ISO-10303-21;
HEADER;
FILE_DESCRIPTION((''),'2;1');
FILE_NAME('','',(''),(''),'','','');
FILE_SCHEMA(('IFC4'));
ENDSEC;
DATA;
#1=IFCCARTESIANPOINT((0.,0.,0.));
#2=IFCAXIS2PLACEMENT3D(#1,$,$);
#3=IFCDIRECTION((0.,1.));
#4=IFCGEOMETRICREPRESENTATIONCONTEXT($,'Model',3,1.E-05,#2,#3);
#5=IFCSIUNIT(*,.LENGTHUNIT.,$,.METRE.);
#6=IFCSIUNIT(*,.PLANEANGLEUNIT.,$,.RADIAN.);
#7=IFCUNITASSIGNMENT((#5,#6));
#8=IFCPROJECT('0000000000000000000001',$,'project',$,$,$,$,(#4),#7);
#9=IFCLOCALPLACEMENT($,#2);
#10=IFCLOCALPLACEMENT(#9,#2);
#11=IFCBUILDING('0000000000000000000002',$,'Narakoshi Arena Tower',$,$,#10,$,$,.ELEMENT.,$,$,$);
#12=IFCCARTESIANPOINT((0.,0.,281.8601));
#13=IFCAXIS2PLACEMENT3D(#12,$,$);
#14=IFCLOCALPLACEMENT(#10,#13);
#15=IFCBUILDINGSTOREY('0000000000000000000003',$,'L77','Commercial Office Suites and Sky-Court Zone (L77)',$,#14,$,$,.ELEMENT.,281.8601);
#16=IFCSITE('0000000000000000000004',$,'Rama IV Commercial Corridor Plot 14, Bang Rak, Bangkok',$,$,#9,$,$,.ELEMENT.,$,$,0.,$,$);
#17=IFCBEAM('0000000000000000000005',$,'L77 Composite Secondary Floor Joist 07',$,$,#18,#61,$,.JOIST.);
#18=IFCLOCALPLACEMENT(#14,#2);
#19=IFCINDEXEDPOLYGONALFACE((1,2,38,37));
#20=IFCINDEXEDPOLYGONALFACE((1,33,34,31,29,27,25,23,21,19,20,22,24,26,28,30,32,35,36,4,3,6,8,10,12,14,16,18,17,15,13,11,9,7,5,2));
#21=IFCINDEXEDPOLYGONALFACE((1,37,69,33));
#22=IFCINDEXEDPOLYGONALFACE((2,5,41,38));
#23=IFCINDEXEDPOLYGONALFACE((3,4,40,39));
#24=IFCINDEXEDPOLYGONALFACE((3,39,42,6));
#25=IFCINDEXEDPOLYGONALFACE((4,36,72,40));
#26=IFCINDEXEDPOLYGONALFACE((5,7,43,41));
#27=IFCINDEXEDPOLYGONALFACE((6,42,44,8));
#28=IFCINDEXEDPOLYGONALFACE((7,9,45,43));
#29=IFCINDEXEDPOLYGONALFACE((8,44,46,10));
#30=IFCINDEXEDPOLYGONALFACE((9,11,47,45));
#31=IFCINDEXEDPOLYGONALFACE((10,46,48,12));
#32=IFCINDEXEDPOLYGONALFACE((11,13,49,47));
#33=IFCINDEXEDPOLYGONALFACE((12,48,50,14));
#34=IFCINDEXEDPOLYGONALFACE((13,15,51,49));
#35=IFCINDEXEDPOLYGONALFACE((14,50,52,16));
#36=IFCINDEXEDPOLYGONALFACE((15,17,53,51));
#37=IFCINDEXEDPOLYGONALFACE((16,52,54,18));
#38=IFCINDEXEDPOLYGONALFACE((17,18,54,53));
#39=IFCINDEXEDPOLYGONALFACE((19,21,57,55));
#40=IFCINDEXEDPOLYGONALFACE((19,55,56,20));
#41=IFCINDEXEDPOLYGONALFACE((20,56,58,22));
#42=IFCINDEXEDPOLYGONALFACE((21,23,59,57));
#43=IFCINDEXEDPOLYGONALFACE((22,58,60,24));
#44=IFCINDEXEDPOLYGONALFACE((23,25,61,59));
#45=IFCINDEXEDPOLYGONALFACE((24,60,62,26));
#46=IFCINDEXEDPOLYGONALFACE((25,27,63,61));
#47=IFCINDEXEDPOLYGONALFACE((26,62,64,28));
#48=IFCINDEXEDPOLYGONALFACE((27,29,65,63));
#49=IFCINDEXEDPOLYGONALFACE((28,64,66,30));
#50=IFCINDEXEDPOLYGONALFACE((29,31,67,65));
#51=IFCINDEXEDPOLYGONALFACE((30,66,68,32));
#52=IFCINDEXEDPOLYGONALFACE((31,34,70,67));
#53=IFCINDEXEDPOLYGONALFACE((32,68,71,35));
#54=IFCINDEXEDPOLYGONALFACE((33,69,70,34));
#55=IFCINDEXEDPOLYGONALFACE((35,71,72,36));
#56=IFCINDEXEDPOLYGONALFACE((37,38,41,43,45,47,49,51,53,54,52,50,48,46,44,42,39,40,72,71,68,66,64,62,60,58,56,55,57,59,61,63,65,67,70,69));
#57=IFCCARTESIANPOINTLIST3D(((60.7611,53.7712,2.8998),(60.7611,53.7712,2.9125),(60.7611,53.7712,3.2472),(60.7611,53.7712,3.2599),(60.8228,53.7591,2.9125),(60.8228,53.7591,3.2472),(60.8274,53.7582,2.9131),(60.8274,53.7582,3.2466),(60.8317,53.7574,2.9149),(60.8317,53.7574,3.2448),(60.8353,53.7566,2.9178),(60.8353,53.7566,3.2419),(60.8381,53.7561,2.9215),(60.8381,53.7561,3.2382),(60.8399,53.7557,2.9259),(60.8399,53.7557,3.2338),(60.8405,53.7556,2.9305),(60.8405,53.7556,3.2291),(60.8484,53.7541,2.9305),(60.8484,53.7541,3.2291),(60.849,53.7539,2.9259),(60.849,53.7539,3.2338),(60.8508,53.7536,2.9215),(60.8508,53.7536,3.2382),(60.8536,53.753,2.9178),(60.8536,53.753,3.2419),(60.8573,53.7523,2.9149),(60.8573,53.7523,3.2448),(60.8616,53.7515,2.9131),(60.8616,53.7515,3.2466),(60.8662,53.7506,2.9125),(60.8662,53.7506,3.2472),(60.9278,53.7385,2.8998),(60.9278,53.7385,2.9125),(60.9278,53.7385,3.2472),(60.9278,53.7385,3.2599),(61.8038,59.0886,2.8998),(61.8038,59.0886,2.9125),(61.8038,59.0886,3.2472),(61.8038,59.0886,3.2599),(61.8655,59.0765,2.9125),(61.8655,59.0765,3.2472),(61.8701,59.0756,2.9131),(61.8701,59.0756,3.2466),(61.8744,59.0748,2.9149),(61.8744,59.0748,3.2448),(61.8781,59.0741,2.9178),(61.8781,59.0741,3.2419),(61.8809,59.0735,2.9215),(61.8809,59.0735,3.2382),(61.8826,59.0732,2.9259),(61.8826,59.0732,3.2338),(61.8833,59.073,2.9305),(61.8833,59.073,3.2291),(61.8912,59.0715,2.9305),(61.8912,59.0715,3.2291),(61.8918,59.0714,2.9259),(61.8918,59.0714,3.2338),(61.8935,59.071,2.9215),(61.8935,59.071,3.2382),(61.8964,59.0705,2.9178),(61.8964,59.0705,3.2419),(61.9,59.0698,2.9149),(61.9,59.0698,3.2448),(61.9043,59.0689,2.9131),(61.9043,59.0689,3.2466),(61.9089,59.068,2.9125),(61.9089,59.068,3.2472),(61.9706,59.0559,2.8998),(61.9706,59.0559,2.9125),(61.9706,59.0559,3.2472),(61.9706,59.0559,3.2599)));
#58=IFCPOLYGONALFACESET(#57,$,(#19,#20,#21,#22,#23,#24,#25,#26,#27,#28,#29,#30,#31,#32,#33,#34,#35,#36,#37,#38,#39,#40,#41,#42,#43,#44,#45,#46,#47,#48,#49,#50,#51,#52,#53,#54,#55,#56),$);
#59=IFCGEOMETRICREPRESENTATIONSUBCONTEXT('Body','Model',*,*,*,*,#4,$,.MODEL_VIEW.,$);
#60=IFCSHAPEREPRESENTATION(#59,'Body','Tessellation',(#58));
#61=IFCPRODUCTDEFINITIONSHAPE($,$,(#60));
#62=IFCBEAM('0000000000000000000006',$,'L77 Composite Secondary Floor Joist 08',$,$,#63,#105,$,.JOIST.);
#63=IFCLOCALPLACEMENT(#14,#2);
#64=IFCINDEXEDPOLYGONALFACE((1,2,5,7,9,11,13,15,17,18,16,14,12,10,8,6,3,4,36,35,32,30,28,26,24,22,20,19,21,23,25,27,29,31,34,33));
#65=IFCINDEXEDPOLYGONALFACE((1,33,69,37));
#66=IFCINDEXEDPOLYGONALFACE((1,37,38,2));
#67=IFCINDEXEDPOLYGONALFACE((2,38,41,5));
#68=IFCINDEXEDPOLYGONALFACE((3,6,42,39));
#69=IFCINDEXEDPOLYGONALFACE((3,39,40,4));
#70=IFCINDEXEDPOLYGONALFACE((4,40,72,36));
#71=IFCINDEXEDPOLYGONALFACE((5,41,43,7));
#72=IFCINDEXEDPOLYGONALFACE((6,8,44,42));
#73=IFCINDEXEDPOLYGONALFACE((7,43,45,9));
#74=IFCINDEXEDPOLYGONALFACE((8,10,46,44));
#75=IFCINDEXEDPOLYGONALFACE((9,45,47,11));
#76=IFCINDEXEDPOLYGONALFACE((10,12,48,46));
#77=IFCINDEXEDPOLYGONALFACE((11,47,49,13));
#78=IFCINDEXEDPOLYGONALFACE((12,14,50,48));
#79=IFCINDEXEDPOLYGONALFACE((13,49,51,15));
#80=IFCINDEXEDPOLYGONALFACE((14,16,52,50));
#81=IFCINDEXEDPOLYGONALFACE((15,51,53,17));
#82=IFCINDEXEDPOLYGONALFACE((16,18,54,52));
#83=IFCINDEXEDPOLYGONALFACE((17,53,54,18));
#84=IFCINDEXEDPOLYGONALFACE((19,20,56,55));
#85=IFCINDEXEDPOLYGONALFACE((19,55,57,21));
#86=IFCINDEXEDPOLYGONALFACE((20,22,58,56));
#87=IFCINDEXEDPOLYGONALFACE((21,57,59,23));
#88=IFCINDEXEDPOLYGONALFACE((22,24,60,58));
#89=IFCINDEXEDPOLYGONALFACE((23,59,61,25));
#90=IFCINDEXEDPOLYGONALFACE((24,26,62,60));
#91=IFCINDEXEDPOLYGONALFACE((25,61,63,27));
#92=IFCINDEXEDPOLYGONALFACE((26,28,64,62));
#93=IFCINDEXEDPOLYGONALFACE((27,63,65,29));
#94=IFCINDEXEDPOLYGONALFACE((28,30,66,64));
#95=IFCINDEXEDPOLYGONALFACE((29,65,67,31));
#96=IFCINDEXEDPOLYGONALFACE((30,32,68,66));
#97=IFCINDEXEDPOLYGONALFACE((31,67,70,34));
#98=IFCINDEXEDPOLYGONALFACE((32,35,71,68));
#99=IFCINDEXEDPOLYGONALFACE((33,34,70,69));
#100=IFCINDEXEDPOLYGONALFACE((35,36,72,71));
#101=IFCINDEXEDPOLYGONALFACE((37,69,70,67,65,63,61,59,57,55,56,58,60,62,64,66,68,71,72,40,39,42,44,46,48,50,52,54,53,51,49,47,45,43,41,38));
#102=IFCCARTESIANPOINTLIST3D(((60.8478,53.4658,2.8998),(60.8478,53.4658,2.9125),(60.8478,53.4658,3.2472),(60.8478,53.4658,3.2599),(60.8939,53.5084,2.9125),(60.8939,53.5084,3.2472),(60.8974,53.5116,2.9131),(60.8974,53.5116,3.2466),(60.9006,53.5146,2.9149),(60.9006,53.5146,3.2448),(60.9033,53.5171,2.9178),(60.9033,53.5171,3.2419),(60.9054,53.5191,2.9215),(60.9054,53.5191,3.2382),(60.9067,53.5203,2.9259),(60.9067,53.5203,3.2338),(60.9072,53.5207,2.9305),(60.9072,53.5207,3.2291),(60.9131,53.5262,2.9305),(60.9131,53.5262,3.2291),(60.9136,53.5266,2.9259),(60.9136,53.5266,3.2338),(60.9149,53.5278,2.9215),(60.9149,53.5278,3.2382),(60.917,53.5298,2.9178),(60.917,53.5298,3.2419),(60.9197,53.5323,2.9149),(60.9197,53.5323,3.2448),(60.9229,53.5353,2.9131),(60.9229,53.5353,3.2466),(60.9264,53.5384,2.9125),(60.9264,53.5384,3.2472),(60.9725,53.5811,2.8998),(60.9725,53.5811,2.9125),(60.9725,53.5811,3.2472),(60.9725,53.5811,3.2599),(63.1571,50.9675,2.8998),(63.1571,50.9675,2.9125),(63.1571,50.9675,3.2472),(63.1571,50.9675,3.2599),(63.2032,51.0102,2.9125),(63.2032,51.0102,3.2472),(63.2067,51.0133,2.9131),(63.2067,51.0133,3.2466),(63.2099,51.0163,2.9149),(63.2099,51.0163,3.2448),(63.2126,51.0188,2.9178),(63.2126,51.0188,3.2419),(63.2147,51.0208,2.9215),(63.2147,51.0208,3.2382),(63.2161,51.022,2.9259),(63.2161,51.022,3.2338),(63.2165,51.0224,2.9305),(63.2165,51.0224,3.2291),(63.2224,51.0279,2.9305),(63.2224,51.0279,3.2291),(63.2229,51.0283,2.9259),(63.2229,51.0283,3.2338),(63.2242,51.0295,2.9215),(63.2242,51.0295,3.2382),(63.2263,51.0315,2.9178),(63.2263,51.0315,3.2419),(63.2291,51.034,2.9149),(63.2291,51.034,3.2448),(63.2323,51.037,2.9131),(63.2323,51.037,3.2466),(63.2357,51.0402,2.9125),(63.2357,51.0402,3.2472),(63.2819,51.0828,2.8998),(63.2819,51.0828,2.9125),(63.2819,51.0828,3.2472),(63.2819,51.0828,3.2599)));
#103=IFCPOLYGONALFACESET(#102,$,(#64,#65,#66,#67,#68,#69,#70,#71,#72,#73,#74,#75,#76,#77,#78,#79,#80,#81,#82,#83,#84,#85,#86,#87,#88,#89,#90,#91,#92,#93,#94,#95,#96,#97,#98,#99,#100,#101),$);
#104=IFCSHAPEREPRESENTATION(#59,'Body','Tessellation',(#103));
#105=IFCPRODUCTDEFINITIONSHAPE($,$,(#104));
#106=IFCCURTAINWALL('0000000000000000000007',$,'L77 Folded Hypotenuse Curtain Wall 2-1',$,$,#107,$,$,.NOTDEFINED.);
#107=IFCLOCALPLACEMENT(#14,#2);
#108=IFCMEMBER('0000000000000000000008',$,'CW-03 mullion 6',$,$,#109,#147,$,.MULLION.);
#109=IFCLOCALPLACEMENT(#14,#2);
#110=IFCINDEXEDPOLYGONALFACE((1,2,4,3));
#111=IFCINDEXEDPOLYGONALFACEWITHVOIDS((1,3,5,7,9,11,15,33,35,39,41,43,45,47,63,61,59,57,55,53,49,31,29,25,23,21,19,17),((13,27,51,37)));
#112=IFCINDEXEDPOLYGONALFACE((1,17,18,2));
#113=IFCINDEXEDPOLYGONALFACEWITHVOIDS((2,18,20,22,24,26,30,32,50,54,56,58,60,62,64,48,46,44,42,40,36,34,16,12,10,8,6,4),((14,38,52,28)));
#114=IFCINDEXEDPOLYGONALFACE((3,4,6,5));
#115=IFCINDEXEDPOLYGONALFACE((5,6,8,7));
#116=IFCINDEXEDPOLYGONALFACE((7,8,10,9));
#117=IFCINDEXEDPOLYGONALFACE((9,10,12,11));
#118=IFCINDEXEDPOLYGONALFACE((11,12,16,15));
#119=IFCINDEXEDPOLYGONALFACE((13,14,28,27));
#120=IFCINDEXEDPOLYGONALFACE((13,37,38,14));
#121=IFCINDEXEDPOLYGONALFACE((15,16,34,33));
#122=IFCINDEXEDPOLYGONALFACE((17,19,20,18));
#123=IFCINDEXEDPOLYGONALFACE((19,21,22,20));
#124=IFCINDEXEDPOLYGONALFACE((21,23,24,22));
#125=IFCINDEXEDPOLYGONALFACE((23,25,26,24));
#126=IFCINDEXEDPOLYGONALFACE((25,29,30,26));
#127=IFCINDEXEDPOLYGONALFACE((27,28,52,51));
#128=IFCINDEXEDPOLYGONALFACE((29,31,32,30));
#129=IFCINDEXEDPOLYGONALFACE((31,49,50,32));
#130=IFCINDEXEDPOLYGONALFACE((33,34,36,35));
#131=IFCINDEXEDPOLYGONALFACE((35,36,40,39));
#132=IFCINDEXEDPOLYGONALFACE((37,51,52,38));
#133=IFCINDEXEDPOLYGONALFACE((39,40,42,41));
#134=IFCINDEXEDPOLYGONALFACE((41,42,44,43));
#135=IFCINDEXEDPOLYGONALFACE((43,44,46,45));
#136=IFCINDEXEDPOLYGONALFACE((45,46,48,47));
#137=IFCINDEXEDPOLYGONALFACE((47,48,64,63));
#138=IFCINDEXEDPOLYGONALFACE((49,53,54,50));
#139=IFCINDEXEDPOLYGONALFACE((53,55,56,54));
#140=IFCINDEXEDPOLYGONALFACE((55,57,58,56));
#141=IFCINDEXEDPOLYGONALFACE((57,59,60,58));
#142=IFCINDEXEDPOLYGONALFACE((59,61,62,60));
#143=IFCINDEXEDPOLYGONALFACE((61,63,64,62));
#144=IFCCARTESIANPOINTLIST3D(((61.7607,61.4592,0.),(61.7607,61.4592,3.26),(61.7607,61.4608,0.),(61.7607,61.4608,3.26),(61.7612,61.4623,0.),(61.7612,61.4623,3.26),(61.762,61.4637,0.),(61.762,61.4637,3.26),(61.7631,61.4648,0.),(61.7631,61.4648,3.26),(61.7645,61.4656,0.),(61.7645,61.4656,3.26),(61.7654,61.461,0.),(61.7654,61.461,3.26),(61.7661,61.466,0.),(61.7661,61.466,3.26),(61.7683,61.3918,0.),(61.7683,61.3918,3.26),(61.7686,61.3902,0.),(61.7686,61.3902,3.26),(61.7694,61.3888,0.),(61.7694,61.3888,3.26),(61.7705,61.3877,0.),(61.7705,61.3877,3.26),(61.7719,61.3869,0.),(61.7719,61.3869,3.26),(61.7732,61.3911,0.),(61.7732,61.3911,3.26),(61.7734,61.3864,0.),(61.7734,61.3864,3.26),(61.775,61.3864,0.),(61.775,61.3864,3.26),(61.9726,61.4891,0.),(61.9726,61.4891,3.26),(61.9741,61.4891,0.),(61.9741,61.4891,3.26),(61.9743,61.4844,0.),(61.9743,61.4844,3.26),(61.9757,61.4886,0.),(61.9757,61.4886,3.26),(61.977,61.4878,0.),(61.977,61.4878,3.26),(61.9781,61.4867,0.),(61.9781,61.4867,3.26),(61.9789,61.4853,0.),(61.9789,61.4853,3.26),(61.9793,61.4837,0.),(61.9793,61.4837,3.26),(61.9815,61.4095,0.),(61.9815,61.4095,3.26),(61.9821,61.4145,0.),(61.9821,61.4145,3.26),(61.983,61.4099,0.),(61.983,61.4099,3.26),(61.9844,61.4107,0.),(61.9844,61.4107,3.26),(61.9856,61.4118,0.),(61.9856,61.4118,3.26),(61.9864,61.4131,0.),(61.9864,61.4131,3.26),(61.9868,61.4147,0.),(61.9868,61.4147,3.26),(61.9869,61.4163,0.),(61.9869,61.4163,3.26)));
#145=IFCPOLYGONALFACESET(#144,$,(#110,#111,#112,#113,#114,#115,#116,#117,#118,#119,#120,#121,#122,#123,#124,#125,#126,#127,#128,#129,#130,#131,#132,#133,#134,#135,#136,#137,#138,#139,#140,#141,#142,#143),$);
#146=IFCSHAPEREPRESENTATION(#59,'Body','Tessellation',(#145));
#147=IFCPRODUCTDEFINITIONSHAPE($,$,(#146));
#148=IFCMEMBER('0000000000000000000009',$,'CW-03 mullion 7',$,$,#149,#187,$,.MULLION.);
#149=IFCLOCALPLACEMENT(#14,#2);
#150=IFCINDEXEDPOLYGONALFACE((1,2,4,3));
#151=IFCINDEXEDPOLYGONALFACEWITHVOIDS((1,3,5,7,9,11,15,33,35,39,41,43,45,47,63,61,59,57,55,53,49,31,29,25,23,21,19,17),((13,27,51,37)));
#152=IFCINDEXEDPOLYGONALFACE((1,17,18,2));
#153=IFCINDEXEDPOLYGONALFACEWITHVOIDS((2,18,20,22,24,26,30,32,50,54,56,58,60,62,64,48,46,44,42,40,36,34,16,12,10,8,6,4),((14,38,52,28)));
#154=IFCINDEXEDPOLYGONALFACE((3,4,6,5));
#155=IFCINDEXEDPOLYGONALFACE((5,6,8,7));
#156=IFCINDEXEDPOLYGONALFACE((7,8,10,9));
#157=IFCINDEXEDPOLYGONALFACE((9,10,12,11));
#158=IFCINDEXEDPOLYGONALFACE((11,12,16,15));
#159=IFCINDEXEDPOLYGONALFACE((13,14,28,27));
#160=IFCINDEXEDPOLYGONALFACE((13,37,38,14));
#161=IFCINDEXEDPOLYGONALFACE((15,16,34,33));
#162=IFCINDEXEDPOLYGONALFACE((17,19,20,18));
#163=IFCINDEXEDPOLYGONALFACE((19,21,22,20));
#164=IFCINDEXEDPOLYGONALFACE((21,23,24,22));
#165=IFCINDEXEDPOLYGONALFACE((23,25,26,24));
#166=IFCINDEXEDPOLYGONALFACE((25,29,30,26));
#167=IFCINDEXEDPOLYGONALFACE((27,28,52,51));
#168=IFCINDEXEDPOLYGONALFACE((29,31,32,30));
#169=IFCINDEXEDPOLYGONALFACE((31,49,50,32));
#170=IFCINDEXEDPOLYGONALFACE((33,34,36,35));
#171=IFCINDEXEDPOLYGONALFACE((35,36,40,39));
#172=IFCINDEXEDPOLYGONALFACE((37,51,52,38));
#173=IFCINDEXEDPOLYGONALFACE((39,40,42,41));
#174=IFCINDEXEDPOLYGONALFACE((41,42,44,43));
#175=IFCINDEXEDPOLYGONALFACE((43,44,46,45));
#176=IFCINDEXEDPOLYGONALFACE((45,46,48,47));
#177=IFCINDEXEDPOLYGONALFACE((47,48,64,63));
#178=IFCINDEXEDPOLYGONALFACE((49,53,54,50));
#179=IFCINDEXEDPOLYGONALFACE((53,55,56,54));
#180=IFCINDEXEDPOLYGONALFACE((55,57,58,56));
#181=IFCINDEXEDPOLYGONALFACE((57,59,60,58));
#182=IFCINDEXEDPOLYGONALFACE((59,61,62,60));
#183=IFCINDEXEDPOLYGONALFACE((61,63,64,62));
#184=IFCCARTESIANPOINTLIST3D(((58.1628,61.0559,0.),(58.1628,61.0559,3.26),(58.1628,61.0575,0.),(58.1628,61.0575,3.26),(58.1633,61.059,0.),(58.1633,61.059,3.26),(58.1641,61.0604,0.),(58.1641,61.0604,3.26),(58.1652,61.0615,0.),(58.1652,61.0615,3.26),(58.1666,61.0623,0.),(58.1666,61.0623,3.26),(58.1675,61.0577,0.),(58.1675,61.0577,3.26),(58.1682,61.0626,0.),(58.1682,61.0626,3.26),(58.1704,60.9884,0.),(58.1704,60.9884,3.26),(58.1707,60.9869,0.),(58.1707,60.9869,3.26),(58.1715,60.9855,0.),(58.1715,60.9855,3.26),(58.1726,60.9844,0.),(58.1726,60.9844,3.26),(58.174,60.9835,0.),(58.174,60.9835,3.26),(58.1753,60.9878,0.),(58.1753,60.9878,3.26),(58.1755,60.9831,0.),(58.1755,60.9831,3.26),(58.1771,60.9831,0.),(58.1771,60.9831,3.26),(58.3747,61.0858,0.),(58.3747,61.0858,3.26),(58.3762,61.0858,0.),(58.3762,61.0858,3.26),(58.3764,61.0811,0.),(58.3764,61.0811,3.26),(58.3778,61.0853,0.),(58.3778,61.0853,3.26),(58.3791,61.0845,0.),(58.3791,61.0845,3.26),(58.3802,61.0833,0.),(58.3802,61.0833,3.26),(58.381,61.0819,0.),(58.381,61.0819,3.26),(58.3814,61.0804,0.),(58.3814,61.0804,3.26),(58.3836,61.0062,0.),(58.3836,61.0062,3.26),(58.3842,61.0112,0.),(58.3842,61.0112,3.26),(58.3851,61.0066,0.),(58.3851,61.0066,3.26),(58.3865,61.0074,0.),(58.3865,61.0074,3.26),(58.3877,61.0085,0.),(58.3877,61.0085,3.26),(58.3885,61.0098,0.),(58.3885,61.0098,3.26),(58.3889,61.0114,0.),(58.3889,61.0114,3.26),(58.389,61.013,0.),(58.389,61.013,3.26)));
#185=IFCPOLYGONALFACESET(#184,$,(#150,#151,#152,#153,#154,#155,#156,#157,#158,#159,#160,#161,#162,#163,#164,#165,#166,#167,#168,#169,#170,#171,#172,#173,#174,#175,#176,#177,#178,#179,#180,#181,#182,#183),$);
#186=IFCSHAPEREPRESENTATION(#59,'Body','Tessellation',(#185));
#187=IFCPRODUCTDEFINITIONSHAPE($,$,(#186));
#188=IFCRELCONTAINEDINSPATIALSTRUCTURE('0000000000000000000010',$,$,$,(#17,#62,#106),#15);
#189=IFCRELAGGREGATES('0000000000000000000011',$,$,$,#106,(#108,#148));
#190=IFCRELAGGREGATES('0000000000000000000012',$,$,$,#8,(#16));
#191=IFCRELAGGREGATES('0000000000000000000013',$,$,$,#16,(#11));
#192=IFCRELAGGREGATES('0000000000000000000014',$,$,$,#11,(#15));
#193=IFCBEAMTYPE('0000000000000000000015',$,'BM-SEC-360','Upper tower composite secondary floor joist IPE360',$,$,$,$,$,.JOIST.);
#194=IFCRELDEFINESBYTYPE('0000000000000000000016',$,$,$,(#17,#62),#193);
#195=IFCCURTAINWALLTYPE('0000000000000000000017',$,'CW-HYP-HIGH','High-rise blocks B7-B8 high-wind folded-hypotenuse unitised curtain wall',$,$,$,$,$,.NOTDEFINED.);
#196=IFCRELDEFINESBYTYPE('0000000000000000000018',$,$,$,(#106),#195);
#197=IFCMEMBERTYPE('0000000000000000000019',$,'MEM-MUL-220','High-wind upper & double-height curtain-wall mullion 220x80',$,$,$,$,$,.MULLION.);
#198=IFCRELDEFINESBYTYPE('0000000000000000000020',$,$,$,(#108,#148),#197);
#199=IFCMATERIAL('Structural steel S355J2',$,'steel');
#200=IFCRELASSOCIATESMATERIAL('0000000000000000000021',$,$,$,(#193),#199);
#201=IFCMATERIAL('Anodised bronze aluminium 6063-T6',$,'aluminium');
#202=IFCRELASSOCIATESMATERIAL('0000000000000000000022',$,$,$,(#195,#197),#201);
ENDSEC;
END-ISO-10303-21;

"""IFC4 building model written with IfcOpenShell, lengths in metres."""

from ifc_helpers import new_model, si_unit, direction, frame, origin, origin_2d, place, context, subcontext, project, spatial, hollow_rectangle, i_section, extrude, material, material_profile, profile_set, type_object, element, aggregate, save


model = new_model("IFC4")

# Units and contexts
model_context = context("Model", 3, precision=1e-05, world=origin(), true_north=direction((0.0, 1.0)))
body_context = subcontext(model_context, "Body", "Model", "MODEL_VIEW")
ifc_project = project(units=[si_unit("LENGTHUNIT", "METRE"), si_unit("PLANEANGLEUNIT", "RADIAN")], contexts=[model_context])

# Site, building, storey
site_placement = place(None, origin())
site = spatial("IfcSite", under=ifc_project, at=site_placement, Name="Rama IV Commercial Corridor Plot 14, Bang Rak, Bangkok", CompositionType="ELEMENT", RefElevation=0.0)
building_placement = place(site_placement, origin())
building = spatial("IfcBuilding", under=site, at=building_placement, Name="Narakoshi Arena Tower", CompositionType="ELEMENT")
storey_placement = place(building_placement, frame((0.0, 0.0, 281.8601)))
storey = spatial("IfcBuildingStorey", under=building, at=storey_placement, Name="L77", Description="Commercial Office Suites and Sky-Court Zone (L77)", CompositionType="ELEMENT", Elevation=281.8601)

# Beams
ifc_material_1 = material(Name="Structural steel S355J2", Category="steel")
ifc_material_profile_1 = material_profile(ifc_material_1, i_section(OverallWidth=0.1699, OverallDepth=0.3601, WebThickness=0.0081, FlangeThickness=0.0127, FilletRadius=0.0181, at=origin_2d()), Name="IPE360")
ifc_profile_set_1 = profile_set([ifc_material_profile_1], Name="Structural steel S355J2")
beam_type_1 = type_object("IfcBeamType", Name="BM-SEC-360", Description="Upper tower composite secondary floor joist IPE360", PredefinedType="JOIST", material=ifc_profile_set_1)
beam_1_placement = place(storey_placement, frame((61.8872, 59.0723, 3.0798), z_axis=(-0.192432, -0.98131, 0.0), x_axis=(0.98131, -0.192432, 0.0)))
element("IfcBeam", 1, at=beam_1_placement, inside=storey, type_object=beam_type_1, Name="L77 Composite Secondary Floor Joist 07", PredefinedType="JOIST", context=body_context, shape_type="SweptSolid", body=[
    extrude(i_section(OverallWidth=0.1699, OverallDepth=0.3601, WebThickness=0.0081, FlangeThickness=0.0127, FilletRadius=0.0181, at=origin_2d()), origin(), (0.0, 0.0, 1.0), 5.4187),
])
beam_2_placement = place(storey_placement, frame((60.9102, 53.5234, 3.0798), z_axis=(0.67879, -0.734333, 0.0), x_axis=(0.734333, 0.67879, 0.0)))
element("IfcBeam", 2, at=beam_2_placement, inside=storey, type_object=beam_type_1, Name="L77 Composite Secondary Floor Joist 08", PredefinedType="JOIST", context=body_context, shape_type="SweptSolid", body=[
    extrude(i_section(OverallWidth=0.1699, OverallDepth=0.3601, WebThickness=0.0081, FlangeThickness=0.0127, FilletRadius=0.0181, at=origin_2d()), origin(), (0.0, 0.0, 1.0), 3.4021),
])

# Curtain wall, members
ifc_material_2 = material(Name="Anodised bronze aluminium 6063-T6", Category="aluminium")
curtain_wall_type = type_object("IfcCurtainWallType", Name="CW-HYP-HIGH", Description="High-rise blocks B7-B8 high-wind folded-hypotenuse unitised curtain wall", PredefinedType="NOTDEFINED", material=ifc_material_2)
curtain_wall_placement = place(storey_placement, origin())
curtain_wall = element("IfcCurtainWall", 3, at=curtain_wall_placement, inside=storey, type_object=curtain_wall_type, Name="L77 Folded Hypotenuse Curtain Wall 2-1", PredefinedType="NOTDEFINED")
ifc_material_profile_2 = material_profile(ifc_material_2, hollow_rectangle(XDim=0.0801, YDim=0.22, WallThickness=0.0049, OuterFilletRadius=0.0061, at=origin_2d()), Name="MUL220x80x5")
ifc_profile_set_2 = profile_set([ifc_material_profile_2], Name="Anodised bronze aluminium 6063-T6")
member_type_1 = type_object("IfcMemberType", Name="MEM-MUL-220", Description="High-wind upper & double-height curtain-wall mullion 220x80", PredefinedType="MULLION", material=ifc_profile_set_2)
member_1_placement = place(storey_placement, frame((61.8738, 61.4377, 0.0), z_axis=(0.0, 0.0, 1.0), x_axis=(0.111396, -0.993776, 0.0)))
member_1 = element("IfcMember", 4, at=member_1_placement, type_object=member_type_1, Name="CW-03 mullion 6", PredefinedType="MULLION", context=body_context, shape_type="SweptSolid", body=[
    extrude(hollow_rectangle(XDim=0.0801, YDim=0.22, WallThickness=0.0049, OuterFilletRadius=0.0061, at=origin_2d()), origin(), (0.0, 0.0, 1.0), 3.26),
])
member_2_placement = place(storey_placement, frame((58.2759, 61.0344, 0.0), z_axis=(0.0, 0.0, 1.0), x_axis=(0.111396, -0.993776, 0.0)))
member_2 = element("IfcMember", 5, at=member_2_placement, type_object=member_type_1, Name="CW-03 mullion 7", PredefinedType="MULLION", context=body_context, shape_type="SweptSolid", body=[
    extrude(hollow_rectangle(XDim=0.0801, YDim=0.22, WallThickness=0.0049, OuterFilletRadius=0.0061, at=origin_2d()), origin(), (0.0, 0.0, 1.0), 3.26),
])
aggregate(curtain_wall, [member_1, member_2])

save(model, "model.ifc")
